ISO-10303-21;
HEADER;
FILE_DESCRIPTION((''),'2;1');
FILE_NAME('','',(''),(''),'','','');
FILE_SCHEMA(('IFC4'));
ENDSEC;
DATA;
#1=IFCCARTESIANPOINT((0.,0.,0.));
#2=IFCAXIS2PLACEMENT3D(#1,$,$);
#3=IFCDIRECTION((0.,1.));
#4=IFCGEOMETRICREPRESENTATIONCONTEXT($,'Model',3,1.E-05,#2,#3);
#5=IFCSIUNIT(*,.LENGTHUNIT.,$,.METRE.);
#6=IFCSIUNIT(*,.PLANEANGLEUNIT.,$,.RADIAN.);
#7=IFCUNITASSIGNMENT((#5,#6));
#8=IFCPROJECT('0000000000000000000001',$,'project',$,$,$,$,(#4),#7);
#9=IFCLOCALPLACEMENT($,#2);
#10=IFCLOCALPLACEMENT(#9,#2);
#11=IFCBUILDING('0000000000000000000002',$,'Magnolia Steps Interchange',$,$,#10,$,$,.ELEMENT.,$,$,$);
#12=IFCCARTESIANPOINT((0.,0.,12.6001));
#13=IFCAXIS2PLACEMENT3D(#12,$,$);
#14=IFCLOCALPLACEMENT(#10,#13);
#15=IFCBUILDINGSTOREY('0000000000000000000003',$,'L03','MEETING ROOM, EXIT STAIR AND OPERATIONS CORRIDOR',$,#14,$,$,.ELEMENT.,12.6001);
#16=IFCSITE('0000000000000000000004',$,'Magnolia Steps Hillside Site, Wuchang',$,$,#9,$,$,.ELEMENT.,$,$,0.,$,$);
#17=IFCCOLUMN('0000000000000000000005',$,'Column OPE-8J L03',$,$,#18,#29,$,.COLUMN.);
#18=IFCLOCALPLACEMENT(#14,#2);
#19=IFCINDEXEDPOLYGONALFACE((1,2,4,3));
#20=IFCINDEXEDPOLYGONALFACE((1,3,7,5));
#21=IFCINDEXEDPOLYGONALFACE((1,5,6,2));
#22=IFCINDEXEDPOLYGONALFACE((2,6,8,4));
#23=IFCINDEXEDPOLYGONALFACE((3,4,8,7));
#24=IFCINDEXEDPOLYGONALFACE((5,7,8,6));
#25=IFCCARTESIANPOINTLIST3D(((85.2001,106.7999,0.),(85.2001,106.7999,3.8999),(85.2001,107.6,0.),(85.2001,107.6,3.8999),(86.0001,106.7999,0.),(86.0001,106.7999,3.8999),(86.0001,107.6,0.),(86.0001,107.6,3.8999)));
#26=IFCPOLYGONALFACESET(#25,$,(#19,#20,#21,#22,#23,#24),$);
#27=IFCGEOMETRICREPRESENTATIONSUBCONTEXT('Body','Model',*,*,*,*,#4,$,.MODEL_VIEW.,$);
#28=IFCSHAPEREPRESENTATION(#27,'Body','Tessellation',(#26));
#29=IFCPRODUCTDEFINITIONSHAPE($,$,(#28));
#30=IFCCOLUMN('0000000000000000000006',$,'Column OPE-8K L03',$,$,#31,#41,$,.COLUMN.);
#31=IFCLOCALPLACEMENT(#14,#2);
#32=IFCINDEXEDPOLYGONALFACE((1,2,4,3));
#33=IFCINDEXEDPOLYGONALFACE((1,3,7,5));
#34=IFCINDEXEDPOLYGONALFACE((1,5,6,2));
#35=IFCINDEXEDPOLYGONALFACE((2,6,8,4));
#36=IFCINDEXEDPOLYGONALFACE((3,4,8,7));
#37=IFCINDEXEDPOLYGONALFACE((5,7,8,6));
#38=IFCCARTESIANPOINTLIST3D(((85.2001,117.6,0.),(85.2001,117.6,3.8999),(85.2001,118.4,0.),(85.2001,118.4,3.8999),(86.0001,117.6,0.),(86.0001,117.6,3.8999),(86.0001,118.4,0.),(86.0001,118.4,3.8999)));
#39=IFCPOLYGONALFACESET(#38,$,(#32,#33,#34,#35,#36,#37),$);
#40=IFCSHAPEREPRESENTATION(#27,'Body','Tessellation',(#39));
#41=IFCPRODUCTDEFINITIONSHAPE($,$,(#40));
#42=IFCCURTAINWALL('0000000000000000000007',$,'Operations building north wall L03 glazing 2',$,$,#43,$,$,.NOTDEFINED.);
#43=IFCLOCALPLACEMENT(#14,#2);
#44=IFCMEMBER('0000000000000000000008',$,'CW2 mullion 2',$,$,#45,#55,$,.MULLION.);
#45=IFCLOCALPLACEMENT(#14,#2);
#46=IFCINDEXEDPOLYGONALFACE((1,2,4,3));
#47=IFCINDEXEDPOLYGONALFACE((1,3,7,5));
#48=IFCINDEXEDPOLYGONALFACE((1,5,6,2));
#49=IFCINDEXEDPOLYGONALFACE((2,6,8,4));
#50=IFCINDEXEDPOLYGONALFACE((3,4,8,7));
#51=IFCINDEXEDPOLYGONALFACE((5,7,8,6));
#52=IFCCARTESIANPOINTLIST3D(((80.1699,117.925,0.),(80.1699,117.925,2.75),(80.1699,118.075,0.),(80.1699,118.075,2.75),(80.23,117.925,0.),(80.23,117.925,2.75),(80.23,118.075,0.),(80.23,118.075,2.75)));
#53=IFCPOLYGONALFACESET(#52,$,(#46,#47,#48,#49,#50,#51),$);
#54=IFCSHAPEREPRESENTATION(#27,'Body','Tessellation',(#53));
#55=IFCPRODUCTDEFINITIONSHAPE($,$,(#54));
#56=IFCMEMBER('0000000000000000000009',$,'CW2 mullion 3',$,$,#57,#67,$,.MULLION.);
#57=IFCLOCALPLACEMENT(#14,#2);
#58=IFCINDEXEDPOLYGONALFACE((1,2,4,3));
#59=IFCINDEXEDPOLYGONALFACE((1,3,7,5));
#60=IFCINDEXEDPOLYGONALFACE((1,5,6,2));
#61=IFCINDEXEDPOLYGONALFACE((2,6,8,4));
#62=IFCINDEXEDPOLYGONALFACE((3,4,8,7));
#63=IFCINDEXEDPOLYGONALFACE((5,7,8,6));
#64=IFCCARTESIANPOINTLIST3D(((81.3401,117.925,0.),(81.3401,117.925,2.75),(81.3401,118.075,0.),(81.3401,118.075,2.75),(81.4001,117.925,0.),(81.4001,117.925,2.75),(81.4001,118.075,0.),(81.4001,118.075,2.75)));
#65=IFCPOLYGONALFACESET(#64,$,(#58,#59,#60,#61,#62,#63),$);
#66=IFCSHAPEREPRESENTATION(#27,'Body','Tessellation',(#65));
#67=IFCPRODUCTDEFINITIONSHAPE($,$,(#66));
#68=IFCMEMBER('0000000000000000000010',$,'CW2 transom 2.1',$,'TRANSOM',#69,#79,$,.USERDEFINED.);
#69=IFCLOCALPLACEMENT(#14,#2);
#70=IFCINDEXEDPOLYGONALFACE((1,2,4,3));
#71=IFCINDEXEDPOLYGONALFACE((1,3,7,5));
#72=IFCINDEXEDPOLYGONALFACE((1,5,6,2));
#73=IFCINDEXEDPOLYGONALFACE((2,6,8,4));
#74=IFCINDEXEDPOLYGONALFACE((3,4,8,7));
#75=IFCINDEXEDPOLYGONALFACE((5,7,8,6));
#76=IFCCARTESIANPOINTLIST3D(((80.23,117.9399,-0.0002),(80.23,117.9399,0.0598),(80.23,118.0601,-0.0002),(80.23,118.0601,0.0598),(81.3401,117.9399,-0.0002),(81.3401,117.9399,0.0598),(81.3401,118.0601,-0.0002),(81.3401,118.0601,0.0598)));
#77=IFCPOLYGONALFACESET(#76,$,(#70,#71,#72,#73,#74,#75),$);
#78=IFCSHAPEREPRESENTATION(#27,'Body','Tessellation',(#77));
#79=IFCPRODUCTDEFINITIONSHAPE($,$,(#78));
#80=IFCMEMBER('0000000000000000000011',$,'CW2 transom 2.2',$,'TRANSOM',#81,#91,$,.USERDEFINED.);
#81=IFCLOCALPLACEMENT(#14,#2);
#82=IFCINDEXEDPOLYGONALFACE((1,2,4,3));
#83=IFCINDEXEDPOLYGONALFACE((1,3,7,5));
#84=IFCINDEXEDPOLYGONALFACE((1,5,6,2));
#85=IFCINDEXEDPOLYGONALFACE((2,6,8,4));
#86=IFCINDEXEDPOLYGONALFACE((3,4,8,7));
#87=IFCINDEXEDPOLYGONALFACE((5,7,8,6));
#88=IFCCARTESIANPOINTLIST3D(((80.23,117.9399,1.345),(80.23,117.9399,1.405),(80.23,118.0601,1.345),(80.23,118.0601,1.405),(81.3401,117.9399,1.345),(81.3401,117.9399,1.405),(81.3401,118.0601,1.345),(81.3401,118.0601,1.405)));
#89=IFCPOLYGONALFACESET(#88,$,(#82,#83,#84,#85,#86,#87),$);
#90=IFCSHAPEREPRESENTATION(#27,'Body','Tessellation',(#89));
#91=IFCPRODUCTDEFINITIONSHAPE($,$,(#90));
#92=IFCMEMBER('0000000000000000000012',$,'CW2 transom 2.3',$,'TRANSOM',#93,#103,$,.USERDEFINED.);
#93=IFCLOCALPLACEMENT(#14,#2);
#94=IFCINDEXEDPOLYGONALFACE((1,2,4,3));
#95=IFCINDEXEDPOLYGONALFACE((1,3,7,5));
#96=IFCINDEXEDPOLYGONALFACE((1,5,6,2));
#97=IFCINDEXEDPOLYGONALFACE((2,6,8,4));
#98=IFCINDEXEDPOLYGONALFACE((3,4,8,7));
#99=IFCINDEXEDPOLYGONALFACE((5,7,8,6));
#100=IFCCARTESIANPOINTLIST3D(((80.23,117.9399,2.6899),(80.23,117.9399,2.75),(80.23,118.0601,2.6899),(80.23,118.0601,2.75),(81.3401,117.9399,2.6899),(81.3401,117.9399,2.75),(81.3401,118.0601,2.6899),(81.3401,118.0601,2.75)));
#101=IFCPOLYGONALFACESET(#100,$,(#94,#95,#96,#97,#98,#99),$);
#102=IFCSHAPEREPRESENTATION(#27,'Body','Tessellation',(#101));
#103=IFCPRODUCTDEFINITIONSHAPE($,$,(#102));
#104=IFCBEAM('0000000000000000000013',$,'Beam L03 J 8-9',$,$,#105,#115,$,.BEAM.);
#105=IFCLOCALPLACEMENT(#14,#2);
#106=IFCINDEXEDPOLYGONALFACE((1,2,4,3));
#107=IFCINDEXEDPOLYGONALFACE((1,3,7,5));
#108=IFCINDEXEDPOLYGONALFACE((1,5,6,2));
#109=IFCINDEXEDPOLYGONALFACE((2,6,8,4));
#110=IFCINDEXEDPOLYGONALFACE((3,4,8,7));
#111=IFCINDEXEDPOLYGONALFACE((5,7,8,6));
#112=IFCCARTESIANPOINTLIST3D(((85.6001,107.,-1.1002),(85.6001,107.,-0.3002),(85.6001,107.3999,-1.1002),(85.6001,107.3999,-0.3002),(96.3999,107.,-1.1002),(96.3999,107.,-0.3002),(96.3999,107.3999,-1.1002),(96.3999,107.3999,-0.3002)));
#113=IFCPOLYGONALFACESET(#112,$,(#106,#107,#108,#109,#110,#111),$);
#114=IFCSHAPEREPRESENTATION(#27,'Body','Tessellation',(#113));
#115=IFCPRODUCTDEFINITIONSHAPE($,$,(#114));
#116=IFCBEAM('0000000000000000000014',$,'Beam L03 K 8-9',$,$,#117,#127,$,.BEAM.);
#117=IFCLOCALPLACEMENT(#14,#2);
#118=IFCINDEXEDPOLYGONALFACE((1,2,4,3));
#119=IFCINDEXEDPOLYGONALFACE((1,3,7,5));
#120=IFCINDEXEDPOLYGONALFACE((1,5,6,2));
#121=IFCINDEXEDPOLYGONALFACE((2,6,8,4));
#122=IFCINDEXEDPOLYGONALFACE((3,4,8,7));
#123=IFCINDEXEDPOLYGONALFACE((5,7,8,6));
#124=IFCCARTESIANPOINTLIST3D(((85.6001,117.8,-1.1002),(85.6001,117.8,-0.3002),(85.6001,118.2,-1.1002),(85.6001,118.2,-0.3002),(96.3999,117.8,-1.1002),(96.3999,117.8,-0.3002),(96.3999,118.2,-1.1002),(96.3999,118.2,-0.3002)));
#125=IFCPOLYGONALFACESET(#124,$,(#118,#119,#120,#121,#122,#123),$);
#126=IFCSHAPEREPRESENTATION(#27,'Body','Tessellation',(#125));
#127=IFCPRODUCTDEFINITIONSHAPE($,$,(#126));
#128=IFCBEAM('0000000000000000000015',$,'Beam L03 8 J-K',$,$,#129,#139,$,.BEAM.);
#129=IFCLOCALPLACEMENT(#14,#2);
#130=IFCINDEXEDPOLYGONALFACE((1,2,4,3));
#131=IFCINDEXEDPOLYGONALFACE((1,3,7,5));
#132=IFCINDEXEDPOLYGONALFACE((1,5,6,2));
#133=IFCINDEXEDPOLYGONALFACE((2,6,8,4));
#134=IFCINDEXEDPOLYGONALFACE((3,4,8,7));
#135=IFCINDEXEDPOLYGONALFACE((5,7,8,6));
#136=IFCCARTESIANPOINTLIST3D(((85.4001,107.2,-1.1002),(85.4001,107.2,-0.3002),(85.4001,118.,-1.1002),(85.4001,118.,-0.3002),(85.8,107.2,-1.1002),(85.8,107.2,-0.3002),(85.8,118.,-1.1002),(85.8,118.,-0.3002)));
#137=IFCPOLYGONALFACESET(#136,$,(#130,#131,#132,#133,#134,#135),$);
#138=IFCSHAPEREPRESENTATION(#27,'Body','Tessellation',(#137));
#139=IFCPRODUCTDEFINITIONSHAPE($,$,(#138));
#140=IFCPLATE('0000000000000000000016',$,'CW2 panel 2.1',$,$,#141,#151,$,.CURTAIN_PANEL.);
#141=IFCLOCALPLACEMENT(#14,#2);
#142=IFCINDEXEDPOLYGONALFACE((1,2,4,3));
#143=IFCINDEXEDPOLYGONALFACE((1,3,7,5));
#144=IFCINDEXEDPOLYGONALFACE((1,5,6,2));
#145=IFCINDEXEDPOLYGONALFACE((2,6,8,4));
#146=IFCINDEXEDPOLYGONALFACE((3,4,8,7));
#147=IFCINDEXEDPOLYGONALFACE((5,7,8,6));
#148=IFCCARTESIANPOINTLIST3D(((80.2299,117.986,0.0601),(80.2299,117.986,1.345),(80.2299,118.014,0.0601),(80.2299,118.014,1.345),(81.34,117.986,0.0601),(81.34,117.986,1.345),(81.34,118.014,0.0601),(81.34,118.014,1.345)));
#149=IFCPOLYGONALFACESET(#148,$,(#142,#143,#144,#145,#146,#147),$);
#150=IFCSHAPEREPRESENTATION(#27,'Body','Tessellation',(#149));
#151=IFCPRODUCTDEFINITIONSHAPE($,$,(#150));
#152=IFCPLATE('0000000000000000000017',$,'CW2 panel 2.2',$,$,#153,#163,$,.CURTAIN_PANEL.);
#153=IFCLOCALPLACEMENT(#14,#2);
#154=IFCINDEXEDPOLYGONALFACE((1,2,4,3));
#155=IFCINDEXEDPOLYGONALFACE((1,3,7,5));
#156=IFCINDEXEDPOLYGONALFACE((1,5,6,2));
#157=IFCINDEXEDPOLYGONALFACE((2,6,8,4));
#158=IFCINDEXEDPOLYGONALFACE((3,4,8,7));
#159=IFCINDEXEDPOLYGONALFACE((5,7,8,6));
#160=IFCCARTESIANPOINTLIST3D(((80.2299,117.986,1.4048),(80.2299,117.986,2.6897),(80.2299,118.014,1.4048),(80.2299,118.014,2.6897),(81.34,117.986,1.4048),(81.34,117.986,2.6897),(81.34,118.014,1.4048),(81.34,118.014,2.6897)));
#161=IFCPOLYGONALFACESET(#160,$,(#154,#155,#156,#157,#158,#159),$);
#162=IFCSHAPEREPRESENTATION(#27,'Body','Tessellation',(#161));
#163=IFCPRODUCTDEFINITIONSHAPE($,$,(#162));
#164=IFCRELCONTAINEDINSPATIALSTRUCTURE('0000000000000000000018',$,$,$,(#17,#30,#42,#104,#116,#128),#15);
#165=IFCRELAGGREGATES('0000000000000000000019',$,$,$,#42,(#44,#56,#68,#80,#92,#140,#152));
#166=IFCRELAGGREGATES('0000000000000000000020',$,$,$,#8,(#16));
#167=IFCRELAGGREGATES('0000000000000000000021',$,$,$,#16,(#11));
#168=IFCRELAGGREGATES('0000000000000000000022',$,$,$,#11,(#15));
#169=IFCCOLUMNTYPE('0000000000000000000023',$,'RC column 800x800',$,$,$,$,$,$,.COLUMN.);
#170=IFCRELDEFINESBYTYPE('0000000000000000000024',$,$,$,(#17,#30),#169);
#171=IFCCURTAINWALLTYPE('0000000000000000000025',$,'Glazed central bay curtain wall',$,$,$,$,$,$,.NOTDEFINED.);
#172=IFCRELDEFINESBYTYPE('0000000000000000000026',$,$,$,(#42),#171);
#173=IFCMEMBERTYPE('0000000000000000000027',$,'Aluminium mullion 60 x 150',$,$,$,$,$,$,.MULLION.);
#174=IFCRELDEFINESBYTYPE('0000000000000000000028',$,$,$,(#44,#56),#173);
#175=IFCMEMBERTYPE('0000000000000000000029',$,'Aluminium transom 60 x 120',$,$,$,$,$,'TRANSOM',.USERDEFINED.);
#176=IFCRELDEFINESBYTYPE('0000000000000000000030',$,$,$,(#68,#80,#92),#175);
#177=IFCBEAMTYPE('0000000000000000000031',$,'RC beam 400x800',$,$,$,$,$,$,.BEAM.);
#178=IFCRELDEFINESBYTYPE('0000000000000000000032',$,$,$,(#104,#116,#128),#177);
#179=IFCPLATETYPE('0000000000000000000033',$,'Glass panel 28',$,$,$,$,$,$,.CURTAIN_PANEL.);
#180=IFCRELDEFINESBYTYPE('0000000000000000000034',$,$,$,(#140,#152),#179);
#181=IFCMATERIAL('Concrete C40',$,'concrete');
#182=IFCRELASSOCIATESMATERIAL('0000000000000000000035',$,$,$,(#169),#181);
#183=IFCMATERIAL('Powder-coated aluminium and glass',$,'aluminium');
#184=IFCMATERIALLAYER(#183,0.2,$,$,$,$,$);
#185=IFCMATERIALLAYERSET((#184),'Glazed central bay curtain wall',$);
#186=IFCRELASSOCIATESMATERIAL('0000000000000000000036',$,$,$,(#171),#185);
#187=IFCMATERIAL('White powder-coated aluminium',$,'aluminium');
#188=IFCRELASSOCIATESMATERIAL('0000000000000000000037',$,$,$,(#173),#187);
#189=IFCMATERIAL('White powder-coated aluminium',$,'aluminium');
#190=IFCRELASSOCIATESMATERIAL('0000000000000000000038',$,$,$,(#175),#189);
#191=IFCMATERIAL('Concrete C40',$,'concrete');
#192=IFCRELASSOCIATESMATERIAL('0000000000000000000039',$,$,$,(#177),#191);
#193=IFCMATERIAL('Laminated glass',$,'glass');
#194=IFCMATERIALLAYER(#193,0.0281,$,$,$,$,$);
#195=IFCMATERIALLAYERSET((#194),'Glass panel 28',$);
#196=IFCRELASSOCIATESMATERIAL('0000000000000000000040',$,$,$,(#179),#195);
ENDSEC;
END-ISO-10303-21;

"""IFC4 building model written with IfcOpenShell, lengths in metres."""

from ifc_helpers import new_model, si_unit, direction, frame, origin, origin_2d, place, context, subcontext, project, spatial, rectangle, extrude, material, layer, layer_set, material_profile, profile_set, type_object, element, aggregate, save


model = new_model("IFC4")

# Units and contexts
model_context = context("Model", 3, precision=1e-05, world=origin(), true_north=direction((0.0, 1.0)))
body_context = subcontext(model_context, "Body", "Model", "MODEL_VIEW")
ifc_project = project(units=[si_unit("LENGTHUNIT", "METRE"), si_unit("PLANEANGLEUNIT", "RADIAN")], contexts=[model_context])

# Site, building, storey
site_placement = place(None, origin())
site = spatial("IfcSite", under=ifc_project, at=site_placement, Name="Magnolia Steps Hillside Site, Wuchang", CompositionType="ELEMENT", RefElevation=0.0)
building_placement = place(site_placement, origin())
building = spatial("IfcBuilding", under=site, at=building_placement, Name="Magnolia Steps Interchange", CompositionType="ELEMENT")
storey_placement = place(building_placement, frame((0.0, 0.0, 12.6001)))
storey = spatial("IfcBuildingStorey", under=building, at=storey_placement, Name="L03", Description="MEETING ROOM, EXIT STAIR AND OPERATIONS CORRIDOR", CompositionType="ELEMENT", Elevation=12.6001)

# Columns
ifc_material_1 = material(Name="Concrete C40", Category="concrete")
ifc_material_profile_1 = material_profile(ifc_material_1, rectangle(XDim=0.8, YDim=0.8, at=origin_2d()), Name="RC800x800")
ifc_profile_set_1 = profile_set([ifc_material_profile_1], Name="Concrete C40")
column_type = type_object("IfcColumnType", Name="RC column 800x800", PredefinedType="COLUMN", material=ifc_profile_set_1)
for number, where, z_axis, x_axis, name in (
    (1, (85.6001, 107.2, 0.0), (0.0, 0.0, 1.0), (1.0, 0.0, 0.0), "Column OPE-8J L03"),
    (2, (85.6001, 118.0, 0.0), (0.0, 0.0, 1.0), (1.0, 0.0, 0.0), "Column OPE-8K L03"),
):
    element("IfcColumn", number, at=place(storey_placement, frame(where, z_axis=z_axis, x_axis=x_axis)), inside=storey, type_object=column_type, Name=name, PredefinedType="COLUMN", context=body_context, shape_type="SweptSolid", body=[
        extrude(rectangle(XDim=0.8, YDim=0.8, at=origin_2d()), origin(), (0.0, 0.0, 1.0), 3.8999),
    ])

# Curtain wall, members
ifc_material_2 = material(Name="Powder-coated aluminium and glass", Category="aluminium")
ifc_layer_1 = layer(ifc_material_2, 0.2)
ifc_layer_set_1 = layer_set([ifc_layer_1], Name="Glazed central bay curtain wall")
curtain_wall_type = type_object("IfcCurtainWallType", Name="Glazed central bay curtain wall", PredefinedType="NOTDEFINED", material=ifc_layer_set_1)
curtain_wall_placement = place(storey_placement, origin())
curtain_wall = element("IfcCurtainWall", 3, at=curtain_wall_placement, inside=storey, type_object=curtain_wall_type, Name="Operations building north wall L03 glazing 2", PredefinedType="NOTDEFINED")
ifc_material_3 = material(Name="White powder-coated aluminium", Category="aluminium")
ifc_material_profile_2 = material_profile(ifc_material_3, rectangle(XDim=0.0601, YDim=0.1499, at=origin_2d()), Name="Aluminium mullion 60 x 150")
ifc_profile_set_2 = profile_set([ifc_material_profile_2], Name="White powder-coated aluminium")
member_type_1 = type_object("IfcMemberType", Name="Aluminium mullion 60 x 150", PredefinedType="MULLION", material=ifc_profile_set_2)
member_1_placement = place(storey_placement, frame((80.2, 118.0, 0.0), z_axis=(0.0, 0.0, 1.0), x_axis=(1.0, 0.0, 0.0)))
member_1 = element("IfcMember", 4, at=member_1_placement, type_object=member_type_1, Name="CW2 mullion 2", PredefinedType="MULLION", context=body_context, shape_type="SweptSolid", body=[
    extrude(rectangle(XDim=0.0601, YDim=0.1499, at=origin_2d()), origin(), (0.0, 0.0, 1.0), 2.75),
])
member_2_placement = place(storey_placement, frame((81.3701, 118.0, 0.0), z_axis=(0.0, 0.0, 1.0), x_axis=(1.0, 0.0, 0.0)))
member_2 = element("IfcMember", 5, at=member_2_placement, type_object=member_type_1, Name="CW2 mullion 3", PredefinedType="MULLION", context=body_context, shape_type="SweptSolid", body=[
    extrude(rectangle(XDim=0.0601, YDim=0.1499, at=origin_2d()), origin(), (0.0, 0.0, 1.0), 2.75),
])
ifc_material_4 = material(Name="White powder-coated aluminium", Category="aluminium")
ifc_material_profile_3 = material_profile(ifc_material_4, rectangle(XDim=0.0601, YDim=0.1201, at=origin_2d()), Name="Aluminium transom 60 x 120")
ifc_profile_set_3 = profile_set([ifc_material_profile_3], Name="White powder-coated aluminium")
member_type_2 = type_object("IfcMemberType", Name="Aluminium transom 60 x 120", ElementType="TRANSOM", PredefinedType="USERDEFINED", material=ifc_profile_set_3)
member_3_placement = place(storey_placement, frame((80.23, 118.0, 0.0298), z_axis=(1.0, 0.0, 0.0), x_axis=(0.0, 0.0, 1.0)))
member_3 = element("IfcMember", 6, at=member_3_placement, type_object=member_type_2, Name="CW2 transom 2.1", ObjectType="TRANSOM", PredefinedType="USERDEFINED", context=body_context, shape_type="SweptSolid", body=[
    extrude(rectangle(XDim=0.0601, YDim=0.1201, at=origin_2d()), origin(), (0.0, 0.0, 1.0), 1.1101),
])
member_4_placement = place(storey_placement, frame((80.23, 118.0, 1.375), z_axis=(1.0, 0.0, 0.0), x_axis=(0.0, 0.0, 1.0)))
member_4 = element("IfcMember", 7, at=member_4_placement, type_object=member_type_2, Name="CW2 transom 2.2", ObjectType="TRANSOM", PredefinedType="USERDEFINED", context=body_context, shape_type="SweptSolid", body=[
    extrude(rectangle(XDim=0.0601, YDim=0.1201, at=origin_2d()), origin(), (0.0, 0.0, 1.0), 1.1101),
])
member_5_placement = place(storey_placement, frame((80.23, 118.0, 2.72), z_axis=(1.0, 0.0, 0.0), x_axis=(0.0, 0.0, 1.0)))
member_5 = element("IfcMember", 8, at=member_5_placement, type_object=member_type_2, Name="CW2 transom 2.3", ObjectType="TRANSOM", PredefinedType="USERDEFINED", context=body_context, shape_type="SweptSolid", body=[
    extrude(rectangle(XDim=0.0601, YDim=0.1201, at=origin_2d()), origin(), (0.0, 0.0, 1.0), 1.1101),
])

# Beams
ifc_material_5 = material(Name="Concrete C40", Category="concrete")
ifc_material_profile_4 = material_profile(ifc_material_5, rectangle(XDim=0.3999, YDim=0.8, at=origin_2d()), Name="RC400x800")
ifc_profile_set_4 = profile_set([ifc_material_profile_4], Name="Concrete C40")
beam_type = type_object("IfcBeamType", Name="RC beam 400x800", PredefinedType="BEAM", material=ifc_profile_set_4)
for number, where, z_axis, x_axis, name in (
    (9, (85.6001, 107.2, -0.7002), (1.0, 0.0, 0.0), (0.0, 1.0, 0.0), "Beam L03 J 8-9"),
    (10, (85.6001, 118.0, -0.7002), (1.0, 0.0, 0.0), (0.0, 1.0, 0.0), "Beam L03 K 8-9"),
):
    element("IfcBeam", number, at=place(storey_placement, frame(where, z_axis=z_axis, x_axis=x_axis)), inside=storey, type_object=beam_type, Name=name, PredefinedType="BEAM", context=body_context, shape_type="SweptSolid", body=[
        extrude(rectangle(XDim=0.3999, YDim=0.8, at=origin_2d()), origin(), (0.0, 0.0, 1.0), 10.7998),
    ])
beam_placement = place(storey_placement, frame((85.6001, 107.2, -0.7002), z_axis=(0.0, 1.0, 0.0), x_axis=(-1.0, 0.0, 0.0)))
element("IfcBeam", 11, at=beam_placement, inside=storey, type_object=beam_type, Name="Beam L03 8 J-K", PredefinedType="BEAM", context=body_context, shape_type="SweptSolid", body=[
    extrude(rectangle(XDim=0.3999, YDim=0.8, at=origin_2d()), origin(), (0.0, 0.0, 1.0), 10.8),
])

# Plates
ifc_material_6 = material(Name="Laminated glass", Category="glass")
ifc_layer_2 = layer(ifc_material_6, 0.0281)
ifc_layer_set_2 = layer_set([ifc_layer_2], Name="Glass panel 28")
plate_type = type_object("IfcPlateType", Name="Glass panel 28", PredefinedType="CURTAIN_PANEL", material=ifc_layer_set_2)
plate_1_placement = place(storey_placement, frame((80.7849, 118.0, 0.0601), z_axis=(0.0, 0.0, 1.0), x_axis=(1.0, 0.0, 0.0)))
plate_1 = element("IfcPlate", 12, at=plate_1_placement, type_object=plate_type, Name="CW2 panel 2.1", PredefinedType="CURTAIN_PANEL", context=body_context, shape_type="SweptSolid", body=[
    extrude(rectangle(XDim=1.1101, YDim=0.0281, at=origin_2d()), origin(), (0.0, 0.0, 1.0), 1.2849),
])
plate_2_placement = place(storey_placement, frame((80.7849, 118.0, 1.4048), z_axis=(0.0, 0.0, 1.0), x_axis=(1.0, 0.0, 0.0)))
plate_2 = element("IfcPlate", 13, at=plate_2_placement, type_object=plate_type, Name="CW2 panel 2.2", PredefinedType="CURTAIN_PANEL", context=body_context, shape_type="SweptSolid", body=[
    extrude(rectangle(XDim=1.1101, YDim=0.0281, at=origin_2d()), origin(), (0.0, 0.0, 1.0), 1.2849),
])
aggregate(curtain_wall, [member_1, member_2, member_3, member_4, member_5, plate_1, plate_2])

save(model, "model.ifc")
